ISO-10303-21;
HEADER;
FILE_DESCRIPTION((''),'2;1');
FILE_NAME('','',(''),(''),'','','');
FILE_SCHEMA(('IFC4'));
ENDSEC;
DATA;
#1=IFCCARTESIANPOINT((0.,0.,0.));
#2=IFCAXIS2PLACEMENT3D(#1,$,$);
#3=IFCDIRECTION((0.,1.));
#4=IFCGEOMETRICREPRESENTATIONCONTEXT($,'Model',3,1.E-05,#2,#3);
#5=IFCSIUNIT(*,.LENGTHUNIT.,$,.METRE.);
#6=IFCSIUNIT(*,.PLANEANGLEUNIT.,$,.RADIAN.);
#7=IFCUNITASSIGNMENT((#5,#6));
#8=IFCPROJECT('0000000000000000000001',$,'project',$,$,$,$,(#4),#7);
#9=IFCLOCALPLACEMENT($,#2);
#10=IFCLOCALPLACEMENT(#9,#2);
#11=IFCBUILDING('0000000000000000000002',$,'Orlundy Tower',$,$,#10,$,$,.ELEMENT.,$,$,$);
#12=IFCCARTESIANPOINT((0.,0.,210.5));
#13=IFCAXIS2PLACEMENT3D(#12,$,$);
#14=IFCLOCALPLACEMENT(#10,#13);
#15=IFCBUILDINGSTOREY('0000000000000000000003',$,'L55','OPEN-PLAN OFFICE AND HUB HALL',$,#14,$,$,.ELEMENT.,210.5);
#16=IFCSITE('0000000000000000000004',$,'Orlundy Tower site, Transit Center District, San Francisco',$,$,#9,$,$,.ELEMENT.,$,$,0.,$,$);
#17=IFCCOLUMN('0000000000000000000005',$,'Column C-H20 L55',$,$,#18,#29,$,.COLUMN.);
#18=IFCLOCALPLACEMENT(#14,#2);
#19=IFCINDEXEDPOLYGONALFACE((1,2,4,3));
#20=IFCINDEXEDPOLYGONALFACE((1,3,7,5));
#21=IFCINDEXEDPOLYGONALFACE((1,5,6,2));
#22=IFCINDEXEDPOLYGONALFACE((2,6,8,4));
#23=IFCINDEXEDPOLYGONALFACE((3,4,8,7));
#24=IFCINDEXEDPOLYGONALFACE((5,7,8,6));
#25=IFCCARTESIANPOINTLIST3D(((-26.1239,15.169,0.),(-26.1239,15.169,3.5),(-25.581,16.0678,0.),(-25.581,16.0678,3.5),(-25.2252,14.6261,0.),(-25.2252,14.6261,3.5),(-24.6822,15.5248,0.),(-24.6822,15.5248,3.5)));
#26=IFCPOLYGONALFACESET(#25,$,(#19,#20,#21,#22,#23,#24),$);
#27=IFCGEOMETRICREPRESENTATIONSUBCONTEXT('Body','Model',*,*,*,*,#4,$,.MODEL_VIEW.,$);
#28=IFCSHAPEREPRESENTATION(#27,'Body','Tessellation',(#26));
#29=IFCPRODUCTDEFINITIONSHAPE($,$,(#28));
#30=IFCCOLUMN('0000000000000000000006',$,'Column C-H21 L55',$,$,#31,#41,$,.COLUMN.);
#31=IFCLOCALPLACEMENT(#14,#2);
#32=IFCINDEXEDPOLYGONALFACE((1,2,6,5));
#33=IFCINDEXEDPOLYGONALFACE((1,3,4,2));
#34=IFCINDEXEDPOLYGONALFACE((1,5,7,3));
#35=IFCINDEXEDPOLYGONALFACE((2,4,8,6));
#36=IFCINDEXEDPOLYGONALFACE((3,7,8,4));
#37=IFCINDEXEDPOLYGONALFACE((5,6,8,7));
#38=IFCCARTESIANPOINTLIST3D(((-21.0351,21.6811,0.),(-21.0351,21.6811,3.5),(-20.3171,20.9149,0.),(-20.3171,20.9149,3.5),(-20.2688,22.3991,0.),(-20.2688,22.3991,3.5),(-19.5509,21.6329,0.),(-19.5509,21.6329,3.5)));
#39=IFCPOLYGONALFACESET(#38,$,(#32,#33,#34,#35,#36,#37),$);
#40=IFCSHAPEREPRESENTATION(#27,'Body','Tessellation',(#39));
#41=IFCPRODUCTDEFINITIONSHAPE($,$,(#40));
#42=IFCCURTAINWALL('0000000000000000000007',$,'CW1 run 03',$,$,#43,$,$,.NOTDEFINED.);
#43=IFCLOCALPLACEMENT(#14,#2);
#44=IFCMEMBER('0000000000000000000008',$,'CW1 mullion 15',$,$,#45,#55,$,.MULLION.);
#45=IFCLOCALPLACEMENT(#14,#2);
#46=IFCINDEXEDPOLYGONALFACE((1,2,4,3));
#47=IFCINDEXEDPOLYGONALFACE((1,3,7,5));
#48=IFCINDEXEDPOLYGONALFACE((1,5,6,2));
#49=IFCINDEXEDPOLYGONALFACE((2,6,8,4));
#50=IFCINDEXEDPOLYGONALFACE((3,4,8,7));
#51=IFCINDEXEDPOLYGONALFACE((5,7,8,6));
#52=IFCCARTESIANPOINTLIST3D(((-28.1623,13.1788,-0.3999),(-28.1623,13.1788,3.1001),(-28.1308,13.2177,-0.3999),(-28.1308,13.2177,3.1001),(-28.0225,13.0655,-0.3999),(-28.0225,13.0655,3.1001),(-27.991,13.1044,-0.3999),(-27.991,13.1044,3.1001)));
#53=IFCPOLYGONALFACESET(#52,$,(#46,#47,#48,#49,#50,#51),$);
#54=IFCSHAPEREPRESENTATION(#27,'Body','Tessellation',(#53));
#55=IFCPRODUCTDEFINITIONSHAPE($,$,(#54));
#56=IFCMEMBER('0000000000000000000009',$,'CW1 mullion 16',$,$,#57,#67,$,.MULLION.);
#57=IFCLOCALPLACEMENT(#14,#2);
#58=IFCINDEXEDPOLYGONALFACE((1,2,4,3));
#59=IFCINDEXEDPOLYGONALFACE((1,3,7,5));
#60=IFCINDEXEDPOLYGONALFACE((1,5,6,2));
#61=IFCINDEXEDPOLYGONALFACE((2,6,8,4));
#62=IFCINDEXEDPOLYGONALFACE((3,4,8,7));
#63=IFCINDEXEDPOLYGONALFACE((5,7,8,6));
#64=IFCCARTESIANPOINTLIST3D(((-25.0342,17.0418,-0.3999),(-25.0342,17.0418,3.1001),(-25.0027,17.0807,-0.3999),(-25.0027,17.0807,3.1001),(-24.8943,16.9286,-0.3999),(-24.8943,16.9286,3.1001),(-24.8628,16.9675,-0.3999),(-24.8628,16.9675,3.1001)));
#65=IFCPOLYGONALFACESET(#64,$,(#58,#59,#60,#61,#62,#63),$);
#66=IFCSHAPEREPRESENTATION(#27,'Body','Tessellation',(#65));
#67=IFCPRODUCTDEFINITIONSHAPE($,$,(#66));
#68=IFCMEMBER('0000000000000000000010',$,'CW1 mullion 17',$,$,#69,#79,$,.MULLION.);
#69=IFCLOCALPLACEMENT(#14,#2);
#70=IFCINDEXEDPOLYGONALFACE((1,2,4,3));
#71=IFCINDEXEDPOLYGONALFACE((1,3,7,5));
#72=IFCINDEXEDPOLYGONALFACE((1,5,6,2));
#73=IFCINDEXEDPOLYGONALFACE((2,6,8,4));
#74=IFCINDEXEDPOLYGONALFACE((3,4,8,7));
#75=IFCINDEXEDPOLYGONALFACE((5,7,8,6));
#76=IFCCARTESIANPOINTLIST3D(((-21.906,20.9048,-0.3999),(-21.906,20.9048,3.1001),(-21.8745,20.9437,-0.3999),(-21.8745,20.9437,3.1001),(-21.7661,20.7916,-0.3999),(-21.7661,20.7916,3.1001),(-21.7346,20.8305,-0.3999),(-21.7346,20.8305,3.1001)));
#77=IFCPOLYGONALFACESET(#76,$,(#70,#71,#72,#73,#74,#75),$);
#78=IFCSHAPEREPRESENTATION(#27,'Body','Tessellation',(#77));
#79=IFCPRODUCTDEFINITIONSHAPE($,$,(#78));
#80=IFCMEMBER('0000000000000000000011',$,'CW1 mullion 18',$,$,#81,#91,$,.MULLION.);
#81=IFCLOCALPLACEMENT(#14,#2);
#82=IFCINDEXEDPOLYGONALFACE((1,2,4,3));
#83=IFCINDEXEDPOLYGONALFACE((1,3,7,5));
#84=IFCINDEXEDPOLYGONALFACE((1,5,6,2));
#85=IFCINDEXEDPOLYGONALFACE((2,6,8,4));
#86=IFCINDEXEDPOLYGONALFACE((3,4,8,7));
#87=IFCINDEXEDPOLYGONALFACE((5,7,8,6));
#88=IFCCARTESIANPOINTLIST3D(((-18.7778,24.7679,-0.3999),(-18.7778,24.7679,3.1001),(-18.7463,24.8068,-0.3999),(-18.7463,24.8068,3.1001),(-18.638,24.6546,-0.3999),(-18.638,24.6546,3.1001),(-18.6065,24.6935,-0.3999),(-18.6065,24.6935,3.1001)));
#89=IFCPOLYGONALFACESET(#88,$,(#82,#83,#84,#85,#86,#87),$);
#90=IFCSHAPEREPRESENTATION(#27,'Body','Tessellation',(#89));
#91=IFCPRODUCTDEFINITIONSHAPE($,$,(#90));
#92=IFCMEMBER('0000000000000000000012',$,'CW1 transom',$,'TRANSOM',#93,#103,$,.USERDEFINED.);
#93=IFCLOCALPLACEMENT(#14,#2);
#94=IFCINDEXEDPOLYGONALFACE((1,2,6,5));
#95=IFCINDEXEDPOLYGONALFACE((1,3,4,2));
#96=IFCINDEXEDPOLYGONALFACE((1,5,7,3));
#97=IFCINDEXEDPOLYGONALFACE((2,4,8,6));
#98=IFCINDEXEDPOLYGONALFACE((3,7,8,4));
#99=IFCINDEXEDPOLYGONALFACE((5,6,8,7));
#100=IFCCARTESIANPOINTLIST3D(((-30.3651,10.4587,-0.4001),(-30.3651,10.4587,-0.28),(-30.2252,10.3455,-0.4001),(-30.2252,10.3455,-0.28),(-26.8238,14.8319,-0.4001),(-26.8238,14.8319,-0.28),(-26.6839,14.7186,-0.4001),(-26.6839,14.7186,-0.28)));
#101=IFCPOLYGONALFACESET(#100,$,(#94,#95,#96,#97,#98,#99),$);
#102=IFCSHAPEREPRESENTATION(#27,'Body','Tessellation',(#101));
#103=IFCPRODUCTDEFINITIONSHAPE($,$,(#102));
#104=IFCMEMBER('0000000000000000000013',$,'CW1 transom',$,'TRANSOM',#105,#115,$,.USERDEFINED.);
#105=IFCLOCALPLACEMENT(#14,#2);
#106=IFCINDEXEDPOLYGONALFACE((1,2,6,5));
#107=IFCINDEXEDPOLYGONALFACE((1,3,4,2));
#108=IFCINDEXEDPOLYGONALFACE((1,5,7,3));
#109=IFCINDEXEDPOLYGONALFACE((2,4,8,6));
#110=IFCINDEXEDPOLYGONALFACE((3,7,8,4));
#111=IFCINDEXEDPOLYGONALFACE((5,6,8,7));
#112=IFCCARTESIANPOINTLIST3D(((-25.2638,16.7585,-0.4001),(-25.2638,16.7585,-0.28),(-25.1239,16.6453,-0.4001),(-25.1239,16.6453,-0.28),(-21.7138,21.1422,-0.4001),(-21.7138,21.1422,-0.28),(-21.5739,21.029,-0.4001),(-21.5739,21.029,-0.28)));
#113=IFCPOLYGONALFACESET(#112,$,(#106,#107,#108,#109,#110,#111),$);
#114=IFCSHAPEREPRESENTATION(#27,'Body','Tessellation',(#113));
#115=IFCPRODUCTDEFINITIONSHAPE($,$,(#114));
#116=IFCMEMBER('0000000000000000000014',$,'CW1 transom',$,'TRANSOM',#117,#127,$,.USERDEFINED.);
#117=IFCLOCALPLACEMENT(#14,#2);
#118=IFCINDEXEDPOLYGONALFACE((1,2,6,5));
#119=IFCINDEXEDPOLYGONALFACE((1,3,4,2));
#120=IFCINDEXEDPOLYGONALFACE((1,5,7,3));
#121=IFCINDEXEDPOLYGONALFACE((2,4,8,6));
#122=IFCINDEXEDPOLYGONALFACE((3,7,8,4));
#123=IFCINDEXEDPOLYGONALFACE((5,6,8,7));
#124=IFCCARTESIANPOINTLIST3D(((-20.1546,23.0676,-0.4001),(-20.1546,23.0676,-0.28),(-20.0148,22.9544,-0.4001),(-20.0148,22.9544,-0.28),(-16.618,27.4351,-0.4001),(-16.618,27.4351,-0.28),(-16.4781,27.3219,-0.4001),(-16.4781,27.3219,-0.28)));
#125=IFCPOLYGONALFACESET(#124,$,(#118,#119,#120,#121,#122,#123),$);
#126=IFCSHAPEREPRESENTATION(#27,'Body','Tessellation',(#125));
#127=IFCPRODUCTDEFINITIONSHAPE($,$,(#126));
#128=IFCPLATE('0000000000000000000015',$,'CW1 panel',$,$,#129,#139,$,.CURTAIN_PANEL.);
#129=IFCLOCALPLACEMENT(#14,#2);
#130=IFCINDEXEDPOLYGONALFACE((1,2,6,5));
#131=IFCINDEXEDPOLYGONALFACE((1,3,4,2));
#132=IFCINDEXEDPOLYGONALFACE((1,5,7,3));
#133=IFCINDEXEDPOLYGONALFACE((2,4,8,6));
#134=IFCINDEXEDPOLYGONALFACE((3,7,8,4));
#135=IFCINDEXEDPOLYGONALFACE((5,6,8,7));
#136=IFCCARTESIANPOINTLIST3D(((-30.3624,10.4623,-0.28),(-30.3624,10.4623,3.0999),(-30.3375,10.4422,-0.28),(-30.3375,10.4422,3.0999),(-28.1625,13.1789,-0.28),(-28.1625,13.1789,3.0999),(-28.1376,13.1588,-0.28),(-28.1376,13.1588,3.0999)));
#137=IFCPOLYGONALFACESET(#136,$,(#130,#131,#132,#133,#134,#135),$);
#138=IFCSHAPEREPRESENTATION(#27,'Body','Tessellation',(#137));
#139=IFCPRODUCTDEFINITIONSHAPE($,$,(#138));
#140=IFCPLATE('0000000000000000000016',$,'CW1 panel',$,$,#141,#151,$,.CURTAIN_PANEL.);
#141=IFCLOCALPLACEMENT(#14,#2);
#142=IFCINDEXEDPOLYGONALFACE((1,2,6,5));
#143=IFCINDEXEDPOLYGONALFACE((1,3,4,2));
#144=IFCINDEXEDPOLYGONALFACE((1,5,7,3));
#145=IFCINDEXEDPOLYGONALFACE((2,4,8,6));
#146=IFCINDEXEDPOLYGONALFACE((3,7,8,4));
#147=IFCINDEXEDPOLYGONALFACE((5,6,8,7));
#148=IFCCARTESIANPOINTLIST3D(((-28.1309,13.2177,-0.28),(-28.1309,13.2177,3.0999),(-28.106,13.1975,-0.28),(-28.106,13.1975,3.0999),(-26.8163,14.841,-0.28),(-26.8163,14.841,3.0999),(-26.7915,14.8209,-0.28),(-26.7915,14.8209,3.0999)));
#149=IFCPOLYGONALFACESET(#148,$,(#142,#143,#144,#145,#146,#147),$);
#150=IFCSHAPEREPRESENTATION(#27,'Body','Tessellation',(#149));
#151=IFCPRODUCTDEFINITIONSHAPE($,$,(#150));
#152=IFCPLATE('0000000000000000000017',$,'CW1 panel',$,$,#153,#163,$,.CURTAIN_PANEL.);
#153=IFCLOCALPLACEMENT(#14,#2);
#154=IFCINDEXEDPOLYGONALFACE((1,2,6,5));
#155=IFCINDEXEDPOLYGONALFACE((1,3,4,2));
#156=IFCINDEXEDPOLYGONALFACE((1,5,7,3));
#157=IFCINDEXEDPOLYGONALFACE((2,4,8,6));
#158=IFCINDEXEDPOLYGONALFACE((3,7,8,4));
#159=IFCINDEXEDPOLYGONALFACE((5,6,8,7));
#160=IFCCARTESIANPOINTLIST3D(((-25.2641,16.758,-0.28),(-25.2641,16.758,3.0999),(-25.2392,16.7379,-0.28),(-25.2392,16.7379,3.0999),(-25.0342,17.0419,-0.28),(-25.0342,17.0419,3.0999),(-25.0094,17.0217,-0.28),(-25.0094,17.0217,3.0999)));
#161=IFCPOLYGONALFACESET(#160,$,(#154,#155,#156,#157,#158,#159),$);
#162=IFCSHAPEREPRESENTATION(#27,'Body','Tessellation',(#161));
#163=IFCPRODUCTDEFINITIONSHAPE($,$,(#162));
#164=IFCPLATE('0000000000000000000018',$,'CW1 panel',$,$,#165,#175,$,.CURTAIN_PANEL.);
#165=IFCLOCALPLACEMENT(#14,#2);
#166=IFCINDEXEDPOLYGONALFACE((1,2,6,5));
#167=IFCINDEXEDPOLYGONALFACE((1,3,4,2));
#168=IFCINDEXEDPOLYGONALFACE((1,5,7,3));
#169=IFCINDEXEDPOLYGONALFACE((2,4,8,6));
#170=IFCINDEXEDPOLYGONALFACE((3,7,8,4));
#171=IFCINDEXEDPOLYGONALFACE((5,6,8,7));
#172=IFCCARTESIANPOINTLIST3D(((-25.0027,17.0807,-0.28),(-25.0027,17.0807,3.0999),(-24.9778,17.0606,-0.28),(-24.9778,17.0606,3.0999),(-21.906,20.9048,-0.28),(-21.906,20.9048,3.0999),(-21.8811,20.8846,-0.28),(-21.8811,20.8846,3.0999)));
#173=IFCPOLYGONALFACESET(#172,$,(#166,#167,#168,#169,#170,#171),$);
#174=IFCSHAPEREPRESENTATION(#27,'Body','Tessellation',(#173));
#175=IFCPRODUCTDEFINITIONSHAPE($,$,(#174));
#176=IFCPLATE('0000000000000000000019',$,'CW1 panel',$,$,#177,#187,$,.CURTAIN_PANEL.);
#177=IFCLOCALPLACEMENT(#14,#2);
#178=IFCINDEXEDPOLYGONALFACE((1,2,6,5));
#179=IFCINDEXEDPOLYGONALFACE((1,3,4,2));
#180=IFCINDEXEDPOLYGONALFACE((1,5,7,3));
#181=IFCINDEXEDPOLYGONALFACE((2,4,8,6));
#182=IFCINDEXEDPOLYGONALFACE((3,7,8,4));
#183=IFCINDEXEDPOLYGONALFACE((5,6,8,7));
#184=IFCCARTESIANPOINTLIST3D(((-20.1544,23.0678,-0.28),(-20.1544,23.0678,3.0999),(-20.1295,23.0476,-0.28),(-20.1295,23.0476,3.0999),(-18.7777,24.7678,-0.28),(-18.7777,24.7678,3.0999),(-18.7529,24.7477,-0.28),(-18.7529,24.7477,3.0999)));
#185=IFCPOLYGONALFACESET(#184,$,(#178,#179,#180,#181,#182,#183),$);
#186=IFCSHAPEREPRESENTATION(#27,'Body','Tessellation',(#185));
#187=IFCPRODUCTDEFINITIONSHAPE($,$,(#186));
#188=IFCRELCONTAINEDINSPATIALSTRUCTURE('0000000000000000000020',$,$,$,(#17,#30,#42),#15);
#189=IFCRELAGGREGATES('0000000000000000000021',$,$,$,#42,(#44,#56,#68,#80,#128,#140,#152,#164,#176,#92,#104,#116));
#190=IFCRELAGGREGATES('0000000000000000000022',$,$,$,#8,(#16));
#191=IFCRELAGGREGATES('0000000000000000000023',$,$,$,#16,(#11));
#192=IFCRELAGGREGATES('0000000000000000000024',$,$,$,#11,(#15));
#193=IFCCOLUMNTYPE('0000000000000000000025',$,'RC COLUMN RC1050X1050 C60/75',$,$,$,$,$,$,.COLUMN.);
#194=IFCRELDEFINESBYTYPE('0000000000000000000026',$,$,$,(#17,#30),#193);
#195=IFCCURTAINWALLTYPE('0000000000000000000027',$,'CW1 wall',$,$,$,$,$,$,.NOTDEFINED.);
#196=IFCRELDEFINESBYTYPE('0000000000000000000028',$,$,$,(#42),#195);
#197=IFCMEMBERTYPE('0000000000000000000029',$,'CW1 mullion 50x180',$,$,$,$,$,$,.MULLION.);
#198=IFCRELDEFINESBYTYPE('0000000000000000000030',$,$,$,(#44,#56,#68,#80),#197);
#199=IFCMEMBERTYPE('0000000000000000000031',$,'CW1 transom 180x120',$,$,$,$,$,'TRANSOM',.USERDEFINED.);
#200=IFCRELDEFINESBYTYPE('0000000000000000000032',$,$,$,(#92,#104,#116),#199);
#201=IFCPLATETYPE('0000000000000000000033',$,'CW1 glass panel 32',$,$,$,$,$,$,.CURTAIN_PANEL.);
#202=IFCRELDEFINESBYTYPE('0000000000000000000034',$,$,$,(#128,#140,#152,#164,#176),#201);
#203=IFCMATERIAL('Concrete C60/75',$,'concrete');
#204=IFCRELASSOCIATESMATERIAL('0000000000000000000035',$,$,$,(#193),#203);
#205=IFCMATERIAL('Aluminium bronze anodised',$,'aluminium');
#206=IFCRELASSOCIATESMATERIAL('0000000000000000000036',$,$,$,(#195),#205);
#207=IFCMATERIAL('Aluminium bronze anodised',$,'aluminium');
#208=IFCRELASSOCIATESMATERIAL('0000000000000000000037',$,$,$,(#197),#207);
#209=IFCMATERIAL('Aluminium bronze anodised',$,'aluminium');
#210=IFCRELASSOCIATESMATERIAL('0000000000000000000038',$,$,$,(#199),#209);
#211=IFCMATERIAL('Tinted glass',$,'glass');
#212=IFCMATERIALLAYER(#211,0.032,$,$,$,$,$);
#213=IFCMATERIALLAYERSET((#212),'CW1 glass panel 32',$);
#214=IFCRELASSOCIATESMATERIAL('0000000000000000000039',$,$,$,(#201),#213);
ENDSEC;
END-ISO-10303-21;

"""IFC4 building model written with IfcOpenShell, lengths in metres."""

from ifc_helpers import new_model, si_unit, direction, frame, origin, origin_2d, place, context, subcontext, project, spatial, rectangle, extrude, material, layer, layer_set, material_profile, profile_set, type_object, element, aggregate, save


model = new_model("IFC4")

# Units and contexts
model_context = context("Model", 3, precision=1e-05, world=origin(), true_north=direction((0.0, 1.0)))
body_context = subcontext(model_context, "Body", "Model", "MODEL_VIEW")
ifc_project = project(units=[si_unit("LENGTHUNIT", "METRE"), si_unit("PLANEANGLEUNIT", "RADIAN")], contexts=[model_context])

# Site, building, storey
site_placement = place(None, origin())
site = spatial("IfcSite", under=ifc_project, at=site_placement, Name="Orlundy Tower site, Transit Center District, San Francisco", CompositionType="ELEMENT", RefElevation=0.0)
building_placement = place(site_placement, origin())
building = spatial("IfcBuilding", under=site, at=building_placement, Name="Orlundy Tower", CompositionType="ELEMENT")
storey_placement = place(building_placement, frame((0.0, 0.0, 210.5)))
storey = spatial("IfcBuildingStorey", under=building, at=storey_placement, Name="L55", Description="OPEN-PLAN OFFICE AND HUB HALL", CompositionType="ELEMENT", Elevation=210.5)

# Columns
ifc_material_1 = material(Name="Concrete C60/75", Category="concrete")
ifc_material_profile_1 = material_profile(ifc_material_1, rectangle(XDim=1.05, YDim=1.05, at=origin_2d()), Name="RC1050X1050")
ifc_profile_set_1 = profile_set([ifc_material_profile_1], Name="Concrete C60/75")
column_type = type_object("IfcColumnType", Name="RC COLUMN RC1050X1050 C60/75", PredefinedType="COLUMN", material=ifc_profile_set_1)
for number, where, z_axis, x_axis, name in (
    (1, (-25.4031, 15.3469, 0.0), (0.0, 0.0, 1.0), (-0.855924, 0.517101, 0.0), "Column C-H20 L55"),
    (2, (-20.293, 21.657, 0.0), (0.0, 0.0, 1.0), (-0.683758, 0.729709, 0.0), "Column C-H21 L55"),
):
    element("IfcColumn", number, at=place(storey_placement, frame(where, z_axis=z_axis, x_axis=x_axis)), inside=storey, type_object=column_type, Name=name, PredefinedType="COLUMN", context=body_context, shape_type="SweptSolid", body=[
        extrude(rectangle(XDim=1.05, YDim=1.05, at=origin_2d()), origin(), (0.0, 0.0, 1.0), 3.5),
    ])

# Curtain wall, members, plates
ifc_material_2 = material(Name="Aluminium bronze anodised", Category="aluminium")
curtain_wall_type = type_object("IfcCurtainWallType", Name="CW1 wall", PredefinedType="NOTDEFINED", material=ifc_material_2)
curtain_wall_placement = place(storey_placement, origin())
curtain_wall = element("IfcCurtainWall", 3, at=curtain_wall_placement, inside=storey, type_object=curtain_wall_type, Name="CW1 run 03", PredefinedType="NOTDEFINED")
ifc_material_3 = material(Name="Aluminium bronze anodised", Category="aluminium")
ifc_material_profile_2 = material_profile(ifc_material_3, rectangle(XDim=0.1799, YDim=0.05, at=origin_2d()), Name="CW1 mullion 50x180")
ifc_profile_set_2 = profile_set([ifc_material_profile_2], Name="Aluminium bronze anodised")
member_type_1 = type_object("IfcMemberType", Name="CW1 mullion 50x180", PredefinedType="MULLION", material=ifc_profile_set_2)
member_1_placement = place(storey_placement, frame((-28.0767, 13.1416, -0.3999), z_axis=(0.0, 0.0, 1.0), x_axis=(-0.777146, 0.629321, 0.0)))
member_1 = element("IfcMember", 4, at=member_1_placement, type_object=member_type_1, Name="CW1 mullion 15", PredefinedType="MULLION", context=body_context, shape_type="SweptSolid", body=[
    extrude(rectangle(XDim=0.1799, YDim=0.05, at=origin_2d()), origin(), (0.0, 0.0, 1.0), 3.5),
])
member_2_placement = place(storey_placement, frame((-24.9485, 17.0046, -0.3999), z_axis=(0.0, 0.0, 1.0), x_axis=(-0.777146, 0.629321, 0.0)))
member_2 = element("IfcMember", 5, at=member_2_placement, type_object=member_type_1, Name="CW1 mullion 16", PredefinedType="MULLION", context=body_context, shape_type="SweptSolid", body=[
    extrude(rectangle(XDim=0.1799, YDim=0.05, at=origin_2d()), origin(), (0.0, 0.0, 1.0), 3.5),
])
member_3_placement = place(storey_placement, frame((-21.8203, 20.8677, -0.3999), z_axis=(0.0, 0.0, 1.0), x_axis=(-0.777146, 0.629321, 0.0)))
member_3 = element("IfcMember", 6, at=member_3_placement, type_object=member_type_1, Name="CW1 mullion 17", PredefinedType="MULLION", context=body_context, shape_type="SweptSolid", body=[
    extrude(rectangle(XDim=0.1799, YDim=0.05, at=origin_2d()), origin(), (0.0, 0.0, 1.0), 3.5),
])
member_4_placement = place(storey_placement, frame((-18.6921, 24.7307, -0.3999), z_axis=(0.0, 0.0, 1.0), x_axis=(-0.777146, 0.629321, 0.0)))
member_4 = element("IfcMember", 7, at=member_4_placement, type_object=member_type_1, Name="CW1 mullion 18", PredefinedType="MULLION", context=body_context, shape_type="SweptSolid", body=[
    extrude(rectangle(XDim=0.1799, YDim=0.05, at=origin_2d()), origin(), (0.0, 0.0, 1.0), 3.5),
])
ifc_material_4 = material(Name="Aluminium bronze anodised", Category="aluminium")
ifc_material_profile_3 = material_profile(ifc_material_4, rectangle(XDim=0.1799, YDim=0.1201, at=origin_2d()), Name="CW1 transom 180x120")
ifc_profile_set_3 = profile_set([ifc_material_profile_3], Name="Aluminium bronze anodised")
member_type_2 = type_object("IfcMemberType", Name="CW1 transom 180x120", ElementType="TRANSOM", PredefinedType="USERDEFINED", material=ifc_profile_set_3)
member_5_placement = place(storey_placement, frame((-30.2952, 10.4021, -0.3401), z_axis=(0.629324, 0.777143, 0.0), x_axis=(-0.777143, 0.629324, 0.0)))
member_5 = element("IfcMember", 8, at=member_5_placement, type_object=member_type_2, Name="CW1 transom", ObjectType="TRANSOM", PredefinedType="USERDEFINED", context=body_context, shape_type="SweptSolid", body=[
    extrude(rectangle(XDim=0.1799, YDim=0.1201, at=origin_2d()), origin(), (0.0, 0.0, 1.0), 5.6272),
])
member_6_placement = place(storey_placement, frame((-25.1938, 16.7019, -0.3401), z_axis=(0.629334, 0.777135, 0.0), x_axis=(-0.777135, 0.629334, 0.0)))
member_6 = element("IfcMember", 9, at=member_6_placement, type_object=member_type_2, Name="CW1 transom", ObjectType="TRANSOM", PredefinedType="USERDEFINED", context=body_context, shape_type="SweptSolid", body=[
    extrude(rectangle(XDim=0.1799, YDim=0.1201, at=origin_2d()), origin(), (0.0, 0.0, 1.0), 5.6409),
])
member_7_placement = place(storey_placement, frame((-20.0847, 23.011, -0.3401), z_axis=(0.629314, 0.777151, 0.0), x_axis=(-0.777151, 0.629314, 0.0)))
member_7 = element("IfcMember", 10, at=member_7_placement, type_object=member_type_2, Name="CW1 transom", ObjectType="TRANSOM", PredefinedType="USERDEFINED", context=body_context, shape_type="SweptSolid", body=[
    extrude(rectangle(XDim=0.1799, YDim=0.1201, at=origin_2d()), origin(), (0.0, 0.0, 1.0), 5.6199),
])
ifc_material_5 = material(Name="Tinted glass", Category="glass")
ifc_layer_1 = layer(ifc_material_5, 0.032)
ifc_layer_set_1 = layer_set([ifc_layer_1], Name="CW1 glass panel 32")
plate_type = type_object("IfcPlateType", Name="CW1 glass panel 32", PredefinedType="CURTAIN_PANEL", material=ifc_layer_set_1)
plate_1_placement = place(storey_placement, frame((-29.25, 11.8105, -0.28), z_axis=(0.0, 0.0, 1.0), x_axis=(0.629321, 0.777146, 0.0)))
plate_1 = element("IfcPlate", 11, at=plate_1_placement, type_object=plate_type, Name="CW1 panel", PredefinedType="CURTAIN_PANEL", context=body_context, shape_type="SweptSolid", body=[
    extrude(rectangle(XDim=3.4956, YDim=0.032, at=origin_2d()), origin(), (0.0, 0.0, 1.0), 3.3799),
])
plate_2_placement = place(storey_placement, frame((-27.4612, 14.0193, -0.28), z_axis=(0.0, 0.0, 1.0), x_axis=(0.629321, 0.777146, 0.0)))
plate_2 = element("IfcPlate", 12, at=plate_2_placement, type_object=plate_type, Name="CW1 panel", PredefinedType="CURTAIN_PANEL", context=body_context, shape_type="SweptSolid", body=[
    extrude(rectangle(XDim=2.0889, YDim=0.032, at=origin_2d()), origin(), (0.0, 0.0, 1.0), 3.3799),
])
plate_3_placement = place(storey_placement, frame((-25.1367, 16.8899, -0.28), z_axis=(0.0, 0.0, 1.0), x_axis=(0.629321, 0.777146, 0.0)))
plate_3 = element("IfcPlate", 13, at=plate_3_placement, type_object=plate_type, Name="CW1 panel", PredefinedType="CURTAIN_PANEL", context=body_context, shape_type="SweptSolid", body=[
    extrude(rectangle(XDim=0.3652, YDim=0.032, at=origin_2d()), origin(), (0.0, 0.0, 1.0), 3.3799),
])
plate_4_placement = place(storey_placement, frame((-23.4419, 18.9827, -0.28), z_axis=(0.0, 0.0, 1.0), x_axis=(0.629321, 0.777146, 0.0)))
plate_4 = element("IfcPlate", 14, at=plate_4_placement, type_object=plate_type, Name="CW1 panel", PredefinedType="CURTAIN_PANEL", context=body_context, shape_type="SweptSolid", body=[
    extrude(rectangle(XDim=4.9207, YDim=0.032, at=origin_2d()), origin(), (0.0, 0.0, 1.0), 3.3799),
])
plate_5_placement = place(storey_placement, frame((-19.4536, 23.9077, -0.28), z_axis=(0.0, 0.0, 1.0), x_axis=(0.629321, 0.777146, 0.0)))
plate_5 = element("IfcPlate", 15, at=plate_5_placement, type_object=plate_type, Name="CW1 panel", PredefinedType="CURTAIN_PANEL", context=body_context, shape_type="SweptSolid", body=[
    extrude(rectangle(XDim=2.1875, YDim=0.032, at=origin_2d()), origin(), (0.0, 0.0, 1.0), 3.3799),
])
aggregate(curtain_wall, [member_1, member_2, member_3, member_4, plate_1, plate_2, plate_3, plate_4, plate_5, member_5, member_6, member_7])

save(model, "model.ifc")
